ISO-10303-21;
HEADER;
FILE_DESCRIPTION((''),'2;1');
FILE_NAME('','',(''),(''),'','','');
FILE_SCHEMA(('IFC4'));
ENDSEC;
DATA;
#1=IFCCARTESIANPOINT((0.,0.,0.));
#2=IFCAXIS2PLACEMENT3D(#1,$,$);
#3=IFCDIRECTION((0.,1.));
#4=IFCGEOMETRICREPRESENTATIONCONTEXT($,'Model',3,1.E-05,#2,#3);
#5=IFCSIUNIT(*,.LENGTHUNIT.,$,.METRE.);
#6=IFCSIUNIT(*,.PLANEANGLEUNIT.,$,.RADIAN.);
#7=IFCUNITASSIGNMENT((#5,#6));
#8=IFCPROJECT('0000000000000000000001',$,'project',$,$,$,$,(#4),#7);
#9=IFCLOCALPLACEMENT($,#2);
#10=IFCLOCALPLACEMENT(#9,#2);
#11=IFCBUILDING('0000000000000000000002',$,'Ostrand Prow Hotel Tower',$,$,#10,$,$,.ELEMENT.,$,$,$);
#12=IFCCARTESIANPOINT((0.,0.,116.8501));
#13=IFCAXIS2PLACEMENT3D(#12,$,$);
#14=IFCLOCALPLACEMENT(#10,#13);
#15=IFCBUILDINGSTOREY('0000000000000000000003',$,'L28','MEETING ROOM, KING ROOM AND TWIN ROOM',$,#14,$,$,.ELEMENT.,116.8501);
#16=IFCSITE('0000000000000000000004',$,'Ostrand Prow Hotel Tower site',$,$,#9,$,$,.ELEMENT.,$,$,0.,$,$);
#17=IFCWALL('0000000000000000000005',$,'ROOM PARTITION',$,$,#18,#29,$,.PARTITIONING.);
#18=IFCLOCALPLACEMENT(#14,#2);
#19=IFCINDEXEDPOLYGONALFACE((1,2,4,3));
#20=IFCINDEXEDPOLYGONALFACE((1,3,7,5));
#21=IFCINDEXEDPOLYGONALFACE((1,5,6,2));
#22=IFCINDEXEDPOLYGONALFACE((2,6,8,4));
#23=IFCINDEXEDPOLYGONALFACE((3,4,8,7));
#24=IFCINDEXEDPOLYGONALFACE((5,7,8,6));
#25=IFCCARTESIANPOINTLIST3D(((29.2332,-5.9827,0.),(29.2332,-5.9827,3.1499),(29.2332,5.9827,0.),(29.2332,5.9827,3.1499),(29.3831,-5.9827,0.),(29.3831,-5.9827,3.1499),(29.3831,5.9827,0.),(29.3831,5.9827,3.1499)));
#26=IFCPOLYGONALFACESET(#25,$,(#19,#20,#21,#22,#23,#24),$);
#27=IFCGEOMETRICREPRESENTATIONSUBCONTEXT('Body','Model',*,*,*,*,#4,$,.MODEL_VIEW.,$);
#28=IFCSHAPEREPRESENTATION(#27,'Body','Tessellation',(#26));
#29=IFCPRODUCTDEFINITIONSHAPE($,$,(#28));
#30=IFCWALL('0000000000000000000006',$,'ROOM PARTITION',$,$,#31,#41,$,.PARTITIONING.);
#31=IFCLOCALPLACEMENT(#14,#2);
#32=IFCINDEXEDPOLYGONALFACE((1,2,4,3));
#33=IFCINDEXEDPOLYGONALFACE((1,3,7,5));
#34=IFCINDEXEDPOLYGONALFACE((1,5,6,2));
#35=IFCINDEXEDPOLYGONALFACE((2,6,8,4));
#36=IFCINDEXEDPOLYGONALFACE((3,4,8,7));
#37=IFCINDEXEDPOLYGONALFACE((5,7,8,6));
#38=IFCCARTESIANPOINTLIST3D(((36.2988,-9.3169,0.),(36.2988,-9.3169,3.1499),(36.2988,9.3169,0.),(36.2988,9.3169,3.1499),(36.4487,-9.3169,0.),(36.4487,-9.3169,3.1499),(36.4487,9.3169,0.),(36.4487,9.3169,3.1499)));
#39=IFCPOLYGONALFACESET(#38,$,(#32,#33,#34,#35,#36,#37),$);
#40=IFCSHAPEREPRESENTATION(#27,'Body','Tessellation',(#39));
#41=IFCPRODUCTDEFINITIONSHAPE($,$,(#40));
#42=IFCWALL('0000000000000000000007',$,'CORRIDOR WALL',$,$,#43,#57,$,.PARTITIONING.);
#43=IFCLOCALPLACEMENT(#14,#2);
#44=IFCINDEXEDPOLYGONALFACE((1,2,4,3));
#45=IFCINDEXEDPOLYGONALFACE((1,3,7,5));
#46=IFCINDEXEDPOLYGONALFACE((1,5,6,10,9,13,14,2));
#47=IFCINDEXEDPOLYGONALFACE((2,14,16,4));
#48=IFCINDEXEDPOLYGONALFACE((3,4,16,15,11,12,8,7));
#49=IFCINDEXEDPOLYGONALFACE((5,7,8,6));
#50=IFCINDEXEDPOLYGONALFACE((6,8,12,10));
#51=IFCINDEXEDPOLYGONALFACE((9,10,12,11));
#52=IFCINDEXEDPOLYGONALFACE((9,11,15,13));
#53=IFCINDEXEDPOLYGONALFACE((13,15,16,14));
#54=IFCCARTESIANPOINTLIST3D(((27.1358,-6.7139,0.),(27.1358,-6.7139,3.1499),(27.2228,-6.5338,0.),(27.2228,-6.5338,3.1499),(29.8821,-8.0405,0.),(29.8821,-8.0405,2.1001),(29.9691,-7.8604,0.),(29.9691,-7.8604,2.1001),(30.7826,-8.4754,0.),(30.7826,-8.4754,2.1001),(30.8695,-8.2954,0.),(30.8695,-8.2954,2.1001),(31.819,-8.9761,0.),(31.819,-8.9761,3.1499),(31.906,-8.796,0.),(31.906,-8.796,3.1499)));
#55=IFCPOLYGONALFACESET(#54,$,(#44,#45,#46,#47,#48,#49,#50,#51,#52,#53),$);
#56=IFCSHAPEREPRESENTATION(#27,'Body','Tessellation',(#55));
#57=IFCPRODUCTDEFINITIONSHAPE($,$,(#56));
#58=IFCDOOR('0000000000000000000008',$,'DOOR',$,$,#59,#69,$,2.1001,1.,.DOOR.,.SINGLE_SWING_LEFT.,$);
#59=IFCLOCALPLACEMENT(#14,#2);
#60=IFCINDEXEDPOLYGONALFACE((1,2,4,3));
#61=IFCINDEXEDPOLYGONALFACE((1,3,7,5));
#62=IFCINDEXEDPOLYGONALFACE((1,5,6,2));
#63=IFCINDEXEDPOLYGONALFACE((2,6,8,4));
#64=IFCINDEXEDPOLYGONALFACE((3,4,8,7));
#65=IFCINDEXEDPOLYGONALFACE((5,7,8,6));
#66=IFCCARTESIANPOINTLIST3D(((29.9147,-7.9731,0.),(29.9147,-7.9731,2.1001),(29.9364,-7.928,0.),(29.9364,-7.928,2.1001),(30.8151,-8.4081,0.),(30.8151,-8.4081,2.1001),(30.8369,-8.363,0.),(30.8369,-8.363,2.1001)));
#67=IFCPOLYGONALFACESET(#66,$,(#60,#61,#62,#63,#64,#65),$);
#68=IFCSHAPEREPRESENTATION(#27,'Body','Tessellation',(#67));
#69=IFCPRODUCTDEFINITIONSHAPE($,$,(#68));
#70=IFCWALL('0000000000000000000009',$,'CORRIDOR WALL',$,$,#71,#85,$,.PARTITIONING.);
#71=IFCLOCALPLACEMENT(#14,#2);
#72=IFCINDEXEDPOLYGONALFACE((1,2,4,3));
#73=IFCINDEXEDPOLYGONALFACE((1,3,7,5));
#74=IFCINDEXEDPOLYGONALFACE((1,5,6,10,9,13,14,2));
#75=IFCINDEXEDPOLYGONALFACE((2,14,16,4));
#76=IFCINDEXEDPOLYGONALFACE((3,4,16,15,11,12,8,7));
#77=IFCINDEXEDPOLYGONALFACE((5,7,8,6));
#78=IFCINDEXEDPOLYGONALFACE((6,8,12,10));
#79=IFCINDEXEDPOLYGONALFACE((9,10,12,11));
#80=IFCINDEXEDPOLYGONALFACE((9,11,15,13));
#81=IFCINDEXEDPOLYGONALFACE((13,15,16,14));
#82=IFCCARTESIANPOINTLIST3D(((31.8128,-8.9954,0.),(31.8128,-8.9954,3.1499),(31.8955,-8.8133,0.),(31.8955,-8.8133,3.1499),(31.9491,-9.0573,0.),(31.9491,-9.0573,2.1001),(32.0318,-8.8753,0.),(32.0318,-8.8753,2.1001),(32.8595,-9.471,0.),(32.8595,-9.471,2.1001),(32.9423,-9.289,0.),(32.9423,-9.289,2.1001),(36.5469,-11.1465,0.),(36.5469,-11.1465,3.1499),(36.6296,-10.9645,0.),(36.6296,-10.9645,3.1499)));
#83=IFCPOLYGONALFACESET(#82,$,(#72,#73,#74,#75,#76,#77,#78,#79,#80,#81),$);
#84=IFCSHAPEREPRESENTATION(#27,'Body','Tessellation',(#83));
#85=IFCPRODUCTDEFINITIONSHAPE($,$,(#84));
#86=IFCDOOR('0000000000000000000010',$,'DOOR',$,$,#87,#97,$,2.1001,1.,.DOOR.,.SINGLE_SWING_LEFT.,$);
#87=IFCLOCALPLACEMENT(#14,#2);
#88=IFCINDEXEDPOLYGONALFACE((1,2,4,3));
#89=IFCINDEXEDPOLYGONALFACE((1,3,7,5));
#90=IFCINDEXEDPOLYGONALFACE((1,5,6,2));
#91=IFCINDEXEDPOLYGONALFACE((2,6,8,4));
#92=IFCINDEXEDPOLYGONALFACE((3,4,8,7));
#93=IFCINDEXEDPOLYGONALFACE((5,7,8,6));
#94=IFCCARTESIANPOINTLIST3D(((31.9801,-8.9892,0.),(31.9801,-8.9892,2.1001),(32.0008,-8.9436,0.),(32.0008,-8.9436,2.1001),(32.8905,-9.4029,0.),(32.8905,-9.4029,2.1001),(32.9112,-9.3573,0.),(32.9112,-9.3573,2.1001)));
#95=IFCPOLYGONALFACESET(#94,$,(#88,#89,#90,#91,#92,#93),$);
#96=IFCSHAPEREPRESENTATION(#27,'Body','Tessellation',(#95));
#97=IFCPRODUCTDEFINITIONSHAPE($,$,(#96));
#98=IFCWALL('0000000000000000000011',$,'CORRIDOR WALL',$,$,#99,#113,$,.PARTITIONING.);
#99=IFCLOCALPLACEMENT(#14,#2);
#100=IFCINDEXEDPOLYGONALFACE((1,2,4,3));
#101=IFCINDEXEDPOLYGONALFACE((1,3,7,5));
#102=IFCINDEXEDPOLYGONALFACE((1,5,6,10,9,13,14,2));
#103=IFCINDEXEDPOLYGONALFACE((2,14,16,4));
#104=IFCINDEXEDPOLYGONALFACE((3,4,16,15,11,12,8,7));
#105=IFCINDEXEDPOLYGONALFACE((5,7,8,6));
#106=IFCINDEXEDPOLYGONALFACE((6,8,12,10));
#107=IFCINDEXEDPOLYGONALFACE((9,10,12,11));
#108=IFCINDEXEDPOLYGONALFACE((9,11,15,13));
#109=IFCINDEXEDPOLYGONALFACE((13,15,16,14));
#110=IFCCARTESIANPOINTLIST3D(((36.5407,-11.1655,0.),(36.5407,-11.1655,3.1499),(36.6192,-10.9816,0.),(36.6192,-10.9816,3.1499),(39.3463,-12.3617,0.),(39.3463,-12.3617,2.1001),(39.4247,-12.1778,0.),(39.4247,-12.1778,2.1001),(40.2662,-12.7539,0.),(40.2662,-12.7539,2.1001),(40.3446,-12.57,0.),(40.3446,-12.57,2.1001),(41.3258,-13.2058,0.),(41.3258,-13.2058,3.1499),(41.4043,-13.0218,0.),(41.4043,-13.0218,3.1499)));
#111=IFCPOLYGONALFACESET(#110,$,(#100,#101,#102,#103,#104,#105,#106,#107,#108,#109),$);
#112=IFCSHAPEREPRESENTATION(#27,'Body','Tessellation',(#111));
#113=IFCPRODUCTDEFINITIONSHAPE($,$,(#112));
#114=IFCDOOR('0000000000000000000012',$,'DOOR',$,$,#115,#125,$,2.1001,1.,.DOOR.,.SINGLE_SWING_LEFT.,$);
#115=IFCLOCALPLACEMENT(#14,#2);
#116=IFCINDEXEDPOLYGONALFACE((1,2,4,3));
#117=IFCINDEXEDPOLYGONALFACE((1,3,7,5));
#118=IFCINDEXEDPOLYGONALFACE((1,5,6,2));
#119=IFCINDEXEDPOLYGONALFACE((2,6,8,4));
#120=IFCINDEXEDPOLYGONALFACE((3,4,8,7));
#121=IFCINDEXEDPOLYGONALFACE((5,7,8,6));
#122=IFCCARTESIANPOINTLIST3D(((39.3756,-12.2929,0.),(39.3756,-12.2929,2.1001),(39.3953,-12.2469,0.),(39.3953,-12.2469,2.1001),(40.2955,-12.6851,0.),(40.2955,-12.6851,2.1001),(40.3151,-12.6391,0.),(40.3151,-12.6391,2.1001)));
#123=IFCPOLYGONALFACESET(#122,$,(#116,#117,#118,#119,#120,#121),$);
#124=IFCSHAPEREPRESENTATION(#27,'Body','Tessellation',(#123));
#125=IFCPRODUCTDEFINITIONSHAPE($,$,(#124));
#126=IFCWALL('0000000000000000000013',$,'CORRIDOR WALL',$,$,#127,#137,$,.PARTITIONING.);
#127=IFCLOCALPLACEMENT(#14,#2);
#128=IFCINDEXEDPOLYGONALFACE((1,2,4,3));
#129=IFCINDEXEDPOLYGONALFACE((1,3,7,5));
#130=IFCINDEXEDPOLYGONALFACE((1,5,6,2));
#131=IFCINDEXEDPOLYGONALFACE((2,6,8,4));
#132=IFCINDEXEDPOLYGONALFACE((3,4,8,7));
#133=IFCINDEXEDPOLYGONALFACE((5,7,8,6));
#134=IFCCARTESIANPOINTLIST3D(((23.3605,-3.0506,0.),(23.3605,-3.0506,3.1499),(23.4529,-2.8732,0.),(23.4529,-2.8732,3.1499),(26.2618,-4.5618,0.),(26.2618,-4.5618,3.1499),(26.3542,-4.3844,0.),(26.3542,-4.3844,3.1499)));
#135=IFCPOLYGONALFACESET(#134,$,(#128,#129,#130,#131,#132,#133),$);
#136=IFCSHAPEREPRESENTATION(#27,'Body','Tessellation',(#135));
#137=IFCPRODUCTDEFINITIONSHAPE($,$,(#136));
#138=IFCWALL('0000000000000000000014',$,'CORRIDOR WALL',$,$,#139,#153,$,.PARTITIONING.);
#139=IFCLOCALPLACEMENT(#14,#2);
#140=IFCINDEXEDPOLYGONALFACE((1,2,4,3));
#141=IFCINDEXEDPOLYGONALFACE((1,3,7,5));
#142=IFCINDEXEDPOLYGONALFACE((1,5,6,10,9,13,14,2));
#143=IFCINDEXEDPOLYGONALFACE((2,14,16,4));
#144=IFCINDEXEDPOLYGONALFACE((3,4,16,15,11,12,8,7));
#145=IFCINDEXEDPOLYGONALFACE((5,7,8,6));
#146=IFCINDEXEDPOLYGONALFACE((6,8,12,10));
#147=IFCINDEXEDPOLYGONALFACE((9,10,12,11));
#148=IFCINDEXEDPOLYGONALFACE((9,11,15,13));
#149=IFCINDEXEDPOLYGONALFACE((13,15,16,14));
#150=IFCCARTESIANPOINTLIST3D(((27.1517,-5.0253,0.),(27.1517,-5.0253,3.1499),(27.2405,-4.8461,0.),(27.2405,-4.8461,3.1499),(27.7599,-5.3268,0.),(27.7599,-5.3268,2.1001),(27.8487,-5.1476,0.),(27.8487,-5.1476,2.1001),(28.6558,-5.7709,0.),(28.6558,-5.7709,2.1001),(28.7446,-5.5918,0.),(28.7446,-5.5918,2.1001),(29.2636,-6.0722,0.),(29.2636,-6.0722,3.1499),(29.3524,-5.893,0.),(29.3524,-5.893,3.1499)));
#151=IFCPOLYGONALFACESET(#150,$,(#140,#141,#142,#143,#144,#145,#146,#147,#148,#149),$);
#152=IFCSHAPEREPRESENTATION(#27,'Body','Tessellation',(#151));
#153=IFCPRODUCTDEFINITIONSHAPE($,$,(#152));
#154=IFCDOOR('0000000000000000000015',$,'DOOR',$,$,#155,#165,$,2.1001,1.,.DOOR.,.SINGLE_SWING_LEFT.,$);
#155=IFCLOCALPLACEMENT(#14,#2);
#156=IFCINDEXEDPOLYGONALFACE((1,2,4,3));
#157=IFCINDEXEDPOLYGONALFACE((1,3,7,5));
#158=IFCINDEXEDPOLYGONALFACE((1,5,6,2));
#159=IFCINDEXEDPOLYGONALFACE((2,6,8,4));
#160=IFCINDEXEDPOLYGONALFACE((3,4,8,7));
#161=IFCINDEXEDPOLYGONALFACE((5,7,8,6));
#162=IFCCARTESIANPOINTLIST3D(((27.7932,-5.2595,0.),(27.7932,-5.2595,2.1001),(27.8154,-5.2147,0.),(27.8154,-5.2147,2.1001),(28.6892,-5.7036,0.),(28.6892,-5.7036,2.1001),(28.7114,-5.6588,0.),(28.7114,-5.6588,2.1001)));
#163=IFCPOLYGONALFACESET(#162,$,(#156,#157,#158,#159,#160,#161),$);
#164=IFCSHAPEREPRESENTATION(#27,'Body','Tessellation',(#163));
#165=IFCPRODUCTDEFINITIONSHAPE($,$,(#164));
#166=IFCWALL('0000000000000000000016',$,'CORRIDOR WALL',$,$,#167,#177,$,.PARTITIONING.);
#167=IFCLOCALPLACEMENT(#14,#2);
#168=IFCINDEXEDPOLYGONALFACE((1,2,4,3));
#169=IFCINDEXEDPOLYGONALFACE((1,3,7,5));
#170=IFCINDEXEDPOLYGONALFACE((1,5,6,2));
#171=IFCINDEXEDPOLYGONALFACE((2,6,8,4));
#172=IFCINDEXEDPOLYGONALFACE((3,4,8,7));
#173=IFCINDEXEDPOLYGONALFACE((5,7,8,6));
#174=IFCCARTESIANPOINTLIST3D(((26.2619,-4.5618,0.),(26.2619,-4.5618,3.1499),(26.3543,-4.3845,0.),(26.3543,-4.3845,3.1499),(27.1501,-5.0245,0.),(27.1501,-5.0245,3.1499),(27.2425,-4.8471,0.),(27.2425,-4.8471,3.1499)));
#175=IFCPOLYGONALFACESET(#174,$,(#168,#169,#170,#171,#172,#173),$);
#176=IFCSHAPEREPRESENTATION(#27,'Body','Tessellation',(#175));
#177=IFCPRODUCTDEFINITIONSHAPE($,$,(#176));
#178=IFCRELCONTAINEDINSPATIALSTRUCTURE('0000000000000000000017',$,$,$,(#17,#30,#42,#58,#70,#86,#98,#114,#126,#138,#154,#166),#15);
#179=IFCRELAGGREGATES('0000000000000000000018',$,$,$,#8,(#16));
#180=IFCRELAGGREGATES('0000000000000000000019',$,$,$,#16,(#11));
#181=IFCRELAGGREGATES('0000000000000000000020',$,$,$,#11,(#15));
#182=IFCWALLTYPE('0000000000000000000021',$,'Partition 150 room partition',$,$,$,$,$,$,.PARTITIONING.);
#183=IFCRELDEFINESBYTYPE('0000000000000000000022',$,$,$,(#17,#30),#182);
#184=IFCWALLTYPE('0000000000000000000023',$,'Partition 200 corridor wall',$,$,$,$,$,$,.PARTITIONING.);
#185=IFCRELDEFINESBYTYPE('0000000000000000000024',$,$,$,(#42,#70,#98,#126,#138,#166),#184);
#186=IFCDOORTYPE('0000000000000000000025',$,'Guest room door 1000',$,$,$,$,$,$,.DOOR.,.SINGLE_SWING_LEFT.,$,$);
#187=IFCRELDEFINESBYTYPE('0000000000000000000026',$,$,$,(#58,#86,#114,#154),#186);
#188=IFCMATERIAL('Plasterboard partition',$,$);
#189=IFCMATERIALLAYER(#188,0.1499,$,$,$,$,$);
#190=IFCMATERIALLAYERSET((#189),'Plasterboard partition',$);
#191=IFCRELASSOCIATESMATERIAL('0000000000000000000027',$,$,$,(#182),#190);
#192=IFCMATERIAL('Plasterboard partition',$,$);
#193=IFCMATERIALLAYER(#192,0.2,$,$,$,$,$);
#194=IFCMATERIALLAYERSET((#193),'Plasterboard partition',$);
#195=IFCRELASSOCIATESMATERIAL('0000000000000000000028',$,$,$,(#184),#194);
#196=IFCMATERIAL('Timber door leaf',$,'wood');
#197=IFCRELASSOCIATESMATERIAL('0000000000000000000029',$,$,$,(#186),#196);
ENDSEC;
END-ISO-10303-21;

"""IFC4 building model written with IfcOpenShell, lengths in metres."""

from ifc_helpers import new_model, si_unit, direction, frame, frame_2d, origin, place, context, subcontext, project, spatial, rectangle, extrude, material, layer, layer_set, type_object, element, fill, save


model = new_model("IFC4")

# Units and contexts
model_context = context("Model", 3, precision=1e-05, world=origin(), true_north=direction((0.0, 1.0)))
body_context = subcontext(model_context, "Body", "Model", "MODEL_VIEW")
ifc_project = project(units=[si_unit("LENGTHUNIT", "METRE"), si_unit("PLANEANGLEUNIT", "RADIAN")], contexts=[model_context])

# Site, building, storey
site_placement = place(None, origin())
site = spatial("IfcSite", under=ifc_project, at=site_placement, Name="Ostrand Prow Hotel Tower site", CompositionType="ELEMENT", RefElevation=0.0)
building_placement = place(site_placement, origin())
building = spatial("IfcBuilding", under=site, at=building_placement, Name="Ostrand Prow Hotel Tower", CompositionType="ELEMENT")
storey_placement = place(building_placement, frame((0.0, 0.0, 116.8501)))
storey = spatial("IfcBuildingStorey", under=building, at=storey_placement, Name="L28", Description="MEETING ROOM, KING ROOM AND TWIN ROOM", CompositionType="ELEMENT", Elevation=116.8501)

# Walls
ifc_material_1 = material(Name="Plasterboard partition")
ifc_layer_1 = layer(ifc_material_1, 0.1499)
ifc_layer_set_1 = layer_set([ifc_layer_1], Name="Plasterboard partition")
wall_type_1 = type_object("IfcWallType", Name="Partition 150 room partition", PredefinedType="PARTITIONING", material=ifc_layer_set_1)
wall_1_placement = place(storey_placement, frame((29.3081, -5.9827, 0.0), z_axis=(0.0, 0.0, 1.0), x_axis=(0.0, 1.0, 0.0)))
element("IfcWall", 1, at=wall_1_placement, inside=storey, type_object=wall_type_1, Name="ROOM PARTITION", PredefinedType="PARTITIONING", context=body_context, shape_type="SweptSolid", body=[
    extrude(rectangle(XDim=11.9653, YDim=0.1499, at=frame_2d((5.9827, 0.0))), origin(), (0.0, 0.0, 1.0), 3.1499),
])
wall_2_placement = place(storey_placement, frame((36.3738, -9.3169, 0.0), z_axis=(0.0, 0.0, 1.0), x_axis=(0.0, 1.0, 0.0)))
element("IfcWall", 2, at=wall_2_placement, inside=storey, type_object=wall_type_1, Name="ROOM PARTITION", PredefinedType="PARTITIONING", context=body_context, shape_type="SweptSolid", body=[
    extrude(rectangle(XDim=18.6338, YDim=0.1499, at=frame_2d((9.3169, 0.0))), origin(), (0.0, 0.0, 1.0), 3.1499),
])

# Walls, openings, doors
ifc_material_2 = material(Name="Plasterboard partition")
ifc_layer_2 = layer(ifc_material_2, 0.2)
ifc_layer_set_2 = layer_set([ifc_layer_2], Name="Plasterboard partition")
wall_type_2 = type_object("IfcWallType", Name="Partition 200 corridor wall", PredefinedType="PARTITIONING", material=ifc_layer_set_2)
wall_3_placement = place(storey_placement, frame((27.1792, -6.6238, 0.0), z_axis=(0.0, 0.0, 1.0), x_axis=(0.900446, -0.434967, 0.0)))
wall_3 = element("IfcWall", 3, at=wall_3_placement, inside=storey, type_object=wall_type_2, Name="CORRIDOR WALL", PredefinedType="PARTITIONING", context=body_context, shape_type="SweptSolid", body=[
    extrude(rectangle(XDim=5.2009, YDim=0.2, at=frame_2d((2.6006, 0.0))), origin(), (0.0, 0.0, 1.0), 3.1499),
])
opening_1_placement = place(wall_3_placement, frame((3.05, 0.0, 0.0)))
opening_1 = element("IfcOpeningElement", 4, at=opening_1_placement, cuts=wall_3, PredefinedType="OPENING", context=body_context, shape_type="SweptSolid", body=[
    extrude(rectangle(XDim=1.0, YDim=2.1001, at=frame_2d((0.5, 1.05))), frame((0.0, 0.1099, 0.0), z_axis=(0.0, -1.0, 0.0), x_axis=(1.0, 0.0, 0.0)), (0.0, 0.0, 1.0), 0.22),
])
ifc_material_3 = material(Name="Timber door leaf", Category="wood")
door_type_1 = type_object("IfcDoorType", Name="Guest room door 1000", OperationType="SINGLE_SWING_LEFT", PredefinedType="DOOR", material=ifc_material_3)
door_1_placement = place(opening_1_placement, origin())
door_1 = element("IfcDoor", 5, at=door_1_placement, inside=storey, type_object=door_type_1, Name="DOOR", OperationType="SINGLE_SWING_LEFT", OverallHeight=2.1001, OverallWidth=1.0, PredefinedType="DOOR", context=body_context, shape_type="SweptSolid", body=[
    extrude(rectangle(XDim=1.0, YDim=2.1001, at=frame_2d((0.5, 1.05))), frame((0.0, 0.0249, 0.0), z_axis=(0.0, -1.0, 0.0), x_axis=(1.0, 0.0, 0.0)), (0.0, 0.0, 1.0), 0.05),
])
fill(opening_1, door_1)
wall_4_placement = place(storey_placement, frame((31.854, -8.9043, 0.0), z_axis=(0.0, 0.0, 1.0), x_axis=(0.910421, -0.413683, 0.0)))
wall_4 = element("IfcWall", 6, at=wall_4_placement, inside=storey, type_object=wall_type_2, Name="CORRIDOR WALL", PredefinedType="PARTITIONING", context=body_context, shape_type="SweptSolid", body=[
    extrude(rectangle(XDim=5.2, YDim=0.2, at=frame_2d((2.6001, 0.0))), origin(), (0.0, 0.0, 1.0), 3.1499),
])
opening_2_placement = place(wall_4_placement, frame((0.1499, 0.0, 0.0)))
opening_2 = element("IfcOpeningElement", 7, at=opening_2_placement, cuts=wall_4, PredefinedType="OPENING", context=body_context, shape_type="SweptSolid", body=[
    extrude(rectangle(XDim=1.0, YDim=2.1001, at=frame_2d((0.5, 1.05))), frame((0.0, 0.1099, 0.0), z_axis=(0.0, -1.0, 0.0), x_axis=(1.0, 0.0, 0.0)), (0.0, 0.0, 1.0), 0.22),
])
door_2_placement = place(opening_2_placement, origin())
door_2 = element("IfcDoor", 8, at=door_2_placement, inside=storey, type_object=door_type_1, Name="DOOR", OperationType="SINGLE_SWING_LEFT", OverallHeight=2.1001, OverallWidth=1.0, PredefinedType="DOOR", context=body_context, shape_type="SweptSolid", body=[
    extrude(rectangle(XDim=1.0, YDim=2.1001, at=frame_2d((0.5, 1.05))), frame((0.0, 0.0249, 0.0), z_axis=(0.0, -1.0, 0.0), x_axis=(1.0, 0.0, 0.0)), (0.0, 0.0, 1.0), 0.05),
])
fill(opening_2, door_2)
wall_5_placement = place(storey_placement, frame((36.5798, -11.0735, 0.0), z_axis=(0.0, 0.0, 1.0), x_axis=(0.919874, -0.392214, 0.0)))
wall_5 = element("IfcWall", 9, at=wall_5_placement, inside=storey, type_object=wall_type_2, Name="CORRIDOR WALL", PredefinedType="PARTITIONING", context=body_context, shape_type="SweptSolid", body=[
    extrude(rectangle(XDim=5.2019, YDim=0.2, at=frame_2d((2.6011, 0.0))), origin(), (0.0, 0.0, 1.0), 3.1499),
])
opening_3_placement = place(wall_5_placement, frame((3.05, 0.0, 0.0)))
opening_3 = element("IfcOpeningElement", 10, at=opening_3_placement, cuts=wall_5, PredefinedType="OPENING", context=body_context, shape_type="SweptSolid", body=[
    extrude(rectangle(XDim=1.0, YDim=2.1001, at=frame_2d((0.5, 1.05))), frame((0.0, 0.1099, 0.0), z_axis=(0.0, -1.0, 0.0), x_axis=(1.0, 0.0, 0.0)), (0.0, 0.0, 1.0), 0.22),
])
door_3_placement = place(opening_3_placement, origin())
door_3 = element("IfcDoor", 11, at=door_3_placement, inside=storey, type_object=door_type_1, Name="DOOR", OperationType="SINGLE_SWING_LEFT", OverallHeight=2.1001, OverallWidth=1.0, PredefinedType="DOOR", context=body_context, shape_type="SweptSolid", body=[
    extrude(rectangle(XDim=1.0, YDim=2.1001, at=frame_2d((0.5, 1.05))), frame((0.0, 0.0249, 0.0), z_axis=(0.0, -1.0, 0.0), x_axis=(1.0, 0.0, 0.0)), (0.0, 0.0, 1.0), 0.05),
])
fill(opening_3, door_3)

# Wall
wall_6_placement = place(storey_placement, frame((26.3081, -4.4731, 0.0), z_axis=(0.0, 0.0, 1.0), x_axis=(-0.886901, 0.461959, 0.0)))
element("IfcWall", 12, at=wall_6_placement, inside=storey, type_object=wall_type_2, Name="CORRIDOR WALL", PredefinedType="PARTITIONING", context=body_context, shape_type="SweptSolid", body=[
    extrude(rectangle(XDim=3.2712, YDim=0.2, at=frame_2d((1.6357, 0.0))), origin(), (0.0, 0.0, 1.0), 3.1499),
])

# Wall, opening, door
wall_7_placement = place(storey_placement, frame((29.3081, -5.9827, 0.0), z_axis=(0.0, 0.0, 1.0), x_axis=(-0.895955, 0.444145, 0.0)))
wall_7 = element("IfcWall", 13, at=wall_7_placement, inside=storey, type_object=wall_type_2, Name="CORRIDOR WALL", PredefinedType="PARTITIONING", context=body_context, shape_type="SweptSolid", body=[
    extrude(rectangle(XDim=2.3572, YDim=0.2, at=frame_2d((1.1787, 0.0))), origin(), (0.0, 0.0, 1.0), 3.1499),
])
opening_4_placement = place(wall_7_placement, frame((0.6785, 0.0, 0.0)))
opening_4 = element("IfcOpeningElement", 14, at=opening_4_placement, cuts=wall_7, PredefinedType="OPENING", context=body_context, shape_type="SweptSolid", body=[
    extrude(rectangle(XDim=1.0, YDim=2.1001, at=frame_2d((0.5, 1.05))), frame((0.0, 0.1099, 0.0), z_axis=(0.0, -1.0, 0.0), x_axis=(1.0, 0.0, 0.0)), (0.0, 0.0, 1.0), 0.22),
])
door_4_placement = place(opening_4_placement, origin())
door_4 = element("IfcDoor", 15, at=door_4_placement, inside=storey, type_object=door_type_1, Name="DOOR", OperationType="SINGLE_SWING_LEFT", OverallHeight=2.1001, OverallWidth=1.0, PredefinedType="DOOR", context=body_context, shape_type="SweptSolid", body=[
    extrude(rectangle(XDim=1.0, YDim=2.1001, at=frame_2d((0.5, 1.05))), frame((0.0, 0.0249, 0.0), z_axis=(0.0, -1.0, 0.0), x_axis=(1.0, 0.0, 0.0)), (0.0, 0.0, 1.0), 0.05),
])
fill(opening_4, door_4)

# Wall
wall_8_placement = place(storey_placement, frame((27.1963, -4.9358, 0.0), z_axis=(0.0, 0.0, 1.0), x_axis=(-0.886893, 0.461974, 0.0)))
element("IfcWall", 16, at=wall_8_placement, inside=storey, type_object=wall_type_2, Name="CORRIDOR WALL", PredefinedType="PARTITIONING", context=body_context, shape_type="SweptSolid", body=[
    extrude(rectangle(XDim=1.0015, YDim=0.2, at=frame_2d((0.5007, 0.0))), origin(), (0.0, 0.0, 1.0), 3.1499),
])

save(model, "model.ifc")
